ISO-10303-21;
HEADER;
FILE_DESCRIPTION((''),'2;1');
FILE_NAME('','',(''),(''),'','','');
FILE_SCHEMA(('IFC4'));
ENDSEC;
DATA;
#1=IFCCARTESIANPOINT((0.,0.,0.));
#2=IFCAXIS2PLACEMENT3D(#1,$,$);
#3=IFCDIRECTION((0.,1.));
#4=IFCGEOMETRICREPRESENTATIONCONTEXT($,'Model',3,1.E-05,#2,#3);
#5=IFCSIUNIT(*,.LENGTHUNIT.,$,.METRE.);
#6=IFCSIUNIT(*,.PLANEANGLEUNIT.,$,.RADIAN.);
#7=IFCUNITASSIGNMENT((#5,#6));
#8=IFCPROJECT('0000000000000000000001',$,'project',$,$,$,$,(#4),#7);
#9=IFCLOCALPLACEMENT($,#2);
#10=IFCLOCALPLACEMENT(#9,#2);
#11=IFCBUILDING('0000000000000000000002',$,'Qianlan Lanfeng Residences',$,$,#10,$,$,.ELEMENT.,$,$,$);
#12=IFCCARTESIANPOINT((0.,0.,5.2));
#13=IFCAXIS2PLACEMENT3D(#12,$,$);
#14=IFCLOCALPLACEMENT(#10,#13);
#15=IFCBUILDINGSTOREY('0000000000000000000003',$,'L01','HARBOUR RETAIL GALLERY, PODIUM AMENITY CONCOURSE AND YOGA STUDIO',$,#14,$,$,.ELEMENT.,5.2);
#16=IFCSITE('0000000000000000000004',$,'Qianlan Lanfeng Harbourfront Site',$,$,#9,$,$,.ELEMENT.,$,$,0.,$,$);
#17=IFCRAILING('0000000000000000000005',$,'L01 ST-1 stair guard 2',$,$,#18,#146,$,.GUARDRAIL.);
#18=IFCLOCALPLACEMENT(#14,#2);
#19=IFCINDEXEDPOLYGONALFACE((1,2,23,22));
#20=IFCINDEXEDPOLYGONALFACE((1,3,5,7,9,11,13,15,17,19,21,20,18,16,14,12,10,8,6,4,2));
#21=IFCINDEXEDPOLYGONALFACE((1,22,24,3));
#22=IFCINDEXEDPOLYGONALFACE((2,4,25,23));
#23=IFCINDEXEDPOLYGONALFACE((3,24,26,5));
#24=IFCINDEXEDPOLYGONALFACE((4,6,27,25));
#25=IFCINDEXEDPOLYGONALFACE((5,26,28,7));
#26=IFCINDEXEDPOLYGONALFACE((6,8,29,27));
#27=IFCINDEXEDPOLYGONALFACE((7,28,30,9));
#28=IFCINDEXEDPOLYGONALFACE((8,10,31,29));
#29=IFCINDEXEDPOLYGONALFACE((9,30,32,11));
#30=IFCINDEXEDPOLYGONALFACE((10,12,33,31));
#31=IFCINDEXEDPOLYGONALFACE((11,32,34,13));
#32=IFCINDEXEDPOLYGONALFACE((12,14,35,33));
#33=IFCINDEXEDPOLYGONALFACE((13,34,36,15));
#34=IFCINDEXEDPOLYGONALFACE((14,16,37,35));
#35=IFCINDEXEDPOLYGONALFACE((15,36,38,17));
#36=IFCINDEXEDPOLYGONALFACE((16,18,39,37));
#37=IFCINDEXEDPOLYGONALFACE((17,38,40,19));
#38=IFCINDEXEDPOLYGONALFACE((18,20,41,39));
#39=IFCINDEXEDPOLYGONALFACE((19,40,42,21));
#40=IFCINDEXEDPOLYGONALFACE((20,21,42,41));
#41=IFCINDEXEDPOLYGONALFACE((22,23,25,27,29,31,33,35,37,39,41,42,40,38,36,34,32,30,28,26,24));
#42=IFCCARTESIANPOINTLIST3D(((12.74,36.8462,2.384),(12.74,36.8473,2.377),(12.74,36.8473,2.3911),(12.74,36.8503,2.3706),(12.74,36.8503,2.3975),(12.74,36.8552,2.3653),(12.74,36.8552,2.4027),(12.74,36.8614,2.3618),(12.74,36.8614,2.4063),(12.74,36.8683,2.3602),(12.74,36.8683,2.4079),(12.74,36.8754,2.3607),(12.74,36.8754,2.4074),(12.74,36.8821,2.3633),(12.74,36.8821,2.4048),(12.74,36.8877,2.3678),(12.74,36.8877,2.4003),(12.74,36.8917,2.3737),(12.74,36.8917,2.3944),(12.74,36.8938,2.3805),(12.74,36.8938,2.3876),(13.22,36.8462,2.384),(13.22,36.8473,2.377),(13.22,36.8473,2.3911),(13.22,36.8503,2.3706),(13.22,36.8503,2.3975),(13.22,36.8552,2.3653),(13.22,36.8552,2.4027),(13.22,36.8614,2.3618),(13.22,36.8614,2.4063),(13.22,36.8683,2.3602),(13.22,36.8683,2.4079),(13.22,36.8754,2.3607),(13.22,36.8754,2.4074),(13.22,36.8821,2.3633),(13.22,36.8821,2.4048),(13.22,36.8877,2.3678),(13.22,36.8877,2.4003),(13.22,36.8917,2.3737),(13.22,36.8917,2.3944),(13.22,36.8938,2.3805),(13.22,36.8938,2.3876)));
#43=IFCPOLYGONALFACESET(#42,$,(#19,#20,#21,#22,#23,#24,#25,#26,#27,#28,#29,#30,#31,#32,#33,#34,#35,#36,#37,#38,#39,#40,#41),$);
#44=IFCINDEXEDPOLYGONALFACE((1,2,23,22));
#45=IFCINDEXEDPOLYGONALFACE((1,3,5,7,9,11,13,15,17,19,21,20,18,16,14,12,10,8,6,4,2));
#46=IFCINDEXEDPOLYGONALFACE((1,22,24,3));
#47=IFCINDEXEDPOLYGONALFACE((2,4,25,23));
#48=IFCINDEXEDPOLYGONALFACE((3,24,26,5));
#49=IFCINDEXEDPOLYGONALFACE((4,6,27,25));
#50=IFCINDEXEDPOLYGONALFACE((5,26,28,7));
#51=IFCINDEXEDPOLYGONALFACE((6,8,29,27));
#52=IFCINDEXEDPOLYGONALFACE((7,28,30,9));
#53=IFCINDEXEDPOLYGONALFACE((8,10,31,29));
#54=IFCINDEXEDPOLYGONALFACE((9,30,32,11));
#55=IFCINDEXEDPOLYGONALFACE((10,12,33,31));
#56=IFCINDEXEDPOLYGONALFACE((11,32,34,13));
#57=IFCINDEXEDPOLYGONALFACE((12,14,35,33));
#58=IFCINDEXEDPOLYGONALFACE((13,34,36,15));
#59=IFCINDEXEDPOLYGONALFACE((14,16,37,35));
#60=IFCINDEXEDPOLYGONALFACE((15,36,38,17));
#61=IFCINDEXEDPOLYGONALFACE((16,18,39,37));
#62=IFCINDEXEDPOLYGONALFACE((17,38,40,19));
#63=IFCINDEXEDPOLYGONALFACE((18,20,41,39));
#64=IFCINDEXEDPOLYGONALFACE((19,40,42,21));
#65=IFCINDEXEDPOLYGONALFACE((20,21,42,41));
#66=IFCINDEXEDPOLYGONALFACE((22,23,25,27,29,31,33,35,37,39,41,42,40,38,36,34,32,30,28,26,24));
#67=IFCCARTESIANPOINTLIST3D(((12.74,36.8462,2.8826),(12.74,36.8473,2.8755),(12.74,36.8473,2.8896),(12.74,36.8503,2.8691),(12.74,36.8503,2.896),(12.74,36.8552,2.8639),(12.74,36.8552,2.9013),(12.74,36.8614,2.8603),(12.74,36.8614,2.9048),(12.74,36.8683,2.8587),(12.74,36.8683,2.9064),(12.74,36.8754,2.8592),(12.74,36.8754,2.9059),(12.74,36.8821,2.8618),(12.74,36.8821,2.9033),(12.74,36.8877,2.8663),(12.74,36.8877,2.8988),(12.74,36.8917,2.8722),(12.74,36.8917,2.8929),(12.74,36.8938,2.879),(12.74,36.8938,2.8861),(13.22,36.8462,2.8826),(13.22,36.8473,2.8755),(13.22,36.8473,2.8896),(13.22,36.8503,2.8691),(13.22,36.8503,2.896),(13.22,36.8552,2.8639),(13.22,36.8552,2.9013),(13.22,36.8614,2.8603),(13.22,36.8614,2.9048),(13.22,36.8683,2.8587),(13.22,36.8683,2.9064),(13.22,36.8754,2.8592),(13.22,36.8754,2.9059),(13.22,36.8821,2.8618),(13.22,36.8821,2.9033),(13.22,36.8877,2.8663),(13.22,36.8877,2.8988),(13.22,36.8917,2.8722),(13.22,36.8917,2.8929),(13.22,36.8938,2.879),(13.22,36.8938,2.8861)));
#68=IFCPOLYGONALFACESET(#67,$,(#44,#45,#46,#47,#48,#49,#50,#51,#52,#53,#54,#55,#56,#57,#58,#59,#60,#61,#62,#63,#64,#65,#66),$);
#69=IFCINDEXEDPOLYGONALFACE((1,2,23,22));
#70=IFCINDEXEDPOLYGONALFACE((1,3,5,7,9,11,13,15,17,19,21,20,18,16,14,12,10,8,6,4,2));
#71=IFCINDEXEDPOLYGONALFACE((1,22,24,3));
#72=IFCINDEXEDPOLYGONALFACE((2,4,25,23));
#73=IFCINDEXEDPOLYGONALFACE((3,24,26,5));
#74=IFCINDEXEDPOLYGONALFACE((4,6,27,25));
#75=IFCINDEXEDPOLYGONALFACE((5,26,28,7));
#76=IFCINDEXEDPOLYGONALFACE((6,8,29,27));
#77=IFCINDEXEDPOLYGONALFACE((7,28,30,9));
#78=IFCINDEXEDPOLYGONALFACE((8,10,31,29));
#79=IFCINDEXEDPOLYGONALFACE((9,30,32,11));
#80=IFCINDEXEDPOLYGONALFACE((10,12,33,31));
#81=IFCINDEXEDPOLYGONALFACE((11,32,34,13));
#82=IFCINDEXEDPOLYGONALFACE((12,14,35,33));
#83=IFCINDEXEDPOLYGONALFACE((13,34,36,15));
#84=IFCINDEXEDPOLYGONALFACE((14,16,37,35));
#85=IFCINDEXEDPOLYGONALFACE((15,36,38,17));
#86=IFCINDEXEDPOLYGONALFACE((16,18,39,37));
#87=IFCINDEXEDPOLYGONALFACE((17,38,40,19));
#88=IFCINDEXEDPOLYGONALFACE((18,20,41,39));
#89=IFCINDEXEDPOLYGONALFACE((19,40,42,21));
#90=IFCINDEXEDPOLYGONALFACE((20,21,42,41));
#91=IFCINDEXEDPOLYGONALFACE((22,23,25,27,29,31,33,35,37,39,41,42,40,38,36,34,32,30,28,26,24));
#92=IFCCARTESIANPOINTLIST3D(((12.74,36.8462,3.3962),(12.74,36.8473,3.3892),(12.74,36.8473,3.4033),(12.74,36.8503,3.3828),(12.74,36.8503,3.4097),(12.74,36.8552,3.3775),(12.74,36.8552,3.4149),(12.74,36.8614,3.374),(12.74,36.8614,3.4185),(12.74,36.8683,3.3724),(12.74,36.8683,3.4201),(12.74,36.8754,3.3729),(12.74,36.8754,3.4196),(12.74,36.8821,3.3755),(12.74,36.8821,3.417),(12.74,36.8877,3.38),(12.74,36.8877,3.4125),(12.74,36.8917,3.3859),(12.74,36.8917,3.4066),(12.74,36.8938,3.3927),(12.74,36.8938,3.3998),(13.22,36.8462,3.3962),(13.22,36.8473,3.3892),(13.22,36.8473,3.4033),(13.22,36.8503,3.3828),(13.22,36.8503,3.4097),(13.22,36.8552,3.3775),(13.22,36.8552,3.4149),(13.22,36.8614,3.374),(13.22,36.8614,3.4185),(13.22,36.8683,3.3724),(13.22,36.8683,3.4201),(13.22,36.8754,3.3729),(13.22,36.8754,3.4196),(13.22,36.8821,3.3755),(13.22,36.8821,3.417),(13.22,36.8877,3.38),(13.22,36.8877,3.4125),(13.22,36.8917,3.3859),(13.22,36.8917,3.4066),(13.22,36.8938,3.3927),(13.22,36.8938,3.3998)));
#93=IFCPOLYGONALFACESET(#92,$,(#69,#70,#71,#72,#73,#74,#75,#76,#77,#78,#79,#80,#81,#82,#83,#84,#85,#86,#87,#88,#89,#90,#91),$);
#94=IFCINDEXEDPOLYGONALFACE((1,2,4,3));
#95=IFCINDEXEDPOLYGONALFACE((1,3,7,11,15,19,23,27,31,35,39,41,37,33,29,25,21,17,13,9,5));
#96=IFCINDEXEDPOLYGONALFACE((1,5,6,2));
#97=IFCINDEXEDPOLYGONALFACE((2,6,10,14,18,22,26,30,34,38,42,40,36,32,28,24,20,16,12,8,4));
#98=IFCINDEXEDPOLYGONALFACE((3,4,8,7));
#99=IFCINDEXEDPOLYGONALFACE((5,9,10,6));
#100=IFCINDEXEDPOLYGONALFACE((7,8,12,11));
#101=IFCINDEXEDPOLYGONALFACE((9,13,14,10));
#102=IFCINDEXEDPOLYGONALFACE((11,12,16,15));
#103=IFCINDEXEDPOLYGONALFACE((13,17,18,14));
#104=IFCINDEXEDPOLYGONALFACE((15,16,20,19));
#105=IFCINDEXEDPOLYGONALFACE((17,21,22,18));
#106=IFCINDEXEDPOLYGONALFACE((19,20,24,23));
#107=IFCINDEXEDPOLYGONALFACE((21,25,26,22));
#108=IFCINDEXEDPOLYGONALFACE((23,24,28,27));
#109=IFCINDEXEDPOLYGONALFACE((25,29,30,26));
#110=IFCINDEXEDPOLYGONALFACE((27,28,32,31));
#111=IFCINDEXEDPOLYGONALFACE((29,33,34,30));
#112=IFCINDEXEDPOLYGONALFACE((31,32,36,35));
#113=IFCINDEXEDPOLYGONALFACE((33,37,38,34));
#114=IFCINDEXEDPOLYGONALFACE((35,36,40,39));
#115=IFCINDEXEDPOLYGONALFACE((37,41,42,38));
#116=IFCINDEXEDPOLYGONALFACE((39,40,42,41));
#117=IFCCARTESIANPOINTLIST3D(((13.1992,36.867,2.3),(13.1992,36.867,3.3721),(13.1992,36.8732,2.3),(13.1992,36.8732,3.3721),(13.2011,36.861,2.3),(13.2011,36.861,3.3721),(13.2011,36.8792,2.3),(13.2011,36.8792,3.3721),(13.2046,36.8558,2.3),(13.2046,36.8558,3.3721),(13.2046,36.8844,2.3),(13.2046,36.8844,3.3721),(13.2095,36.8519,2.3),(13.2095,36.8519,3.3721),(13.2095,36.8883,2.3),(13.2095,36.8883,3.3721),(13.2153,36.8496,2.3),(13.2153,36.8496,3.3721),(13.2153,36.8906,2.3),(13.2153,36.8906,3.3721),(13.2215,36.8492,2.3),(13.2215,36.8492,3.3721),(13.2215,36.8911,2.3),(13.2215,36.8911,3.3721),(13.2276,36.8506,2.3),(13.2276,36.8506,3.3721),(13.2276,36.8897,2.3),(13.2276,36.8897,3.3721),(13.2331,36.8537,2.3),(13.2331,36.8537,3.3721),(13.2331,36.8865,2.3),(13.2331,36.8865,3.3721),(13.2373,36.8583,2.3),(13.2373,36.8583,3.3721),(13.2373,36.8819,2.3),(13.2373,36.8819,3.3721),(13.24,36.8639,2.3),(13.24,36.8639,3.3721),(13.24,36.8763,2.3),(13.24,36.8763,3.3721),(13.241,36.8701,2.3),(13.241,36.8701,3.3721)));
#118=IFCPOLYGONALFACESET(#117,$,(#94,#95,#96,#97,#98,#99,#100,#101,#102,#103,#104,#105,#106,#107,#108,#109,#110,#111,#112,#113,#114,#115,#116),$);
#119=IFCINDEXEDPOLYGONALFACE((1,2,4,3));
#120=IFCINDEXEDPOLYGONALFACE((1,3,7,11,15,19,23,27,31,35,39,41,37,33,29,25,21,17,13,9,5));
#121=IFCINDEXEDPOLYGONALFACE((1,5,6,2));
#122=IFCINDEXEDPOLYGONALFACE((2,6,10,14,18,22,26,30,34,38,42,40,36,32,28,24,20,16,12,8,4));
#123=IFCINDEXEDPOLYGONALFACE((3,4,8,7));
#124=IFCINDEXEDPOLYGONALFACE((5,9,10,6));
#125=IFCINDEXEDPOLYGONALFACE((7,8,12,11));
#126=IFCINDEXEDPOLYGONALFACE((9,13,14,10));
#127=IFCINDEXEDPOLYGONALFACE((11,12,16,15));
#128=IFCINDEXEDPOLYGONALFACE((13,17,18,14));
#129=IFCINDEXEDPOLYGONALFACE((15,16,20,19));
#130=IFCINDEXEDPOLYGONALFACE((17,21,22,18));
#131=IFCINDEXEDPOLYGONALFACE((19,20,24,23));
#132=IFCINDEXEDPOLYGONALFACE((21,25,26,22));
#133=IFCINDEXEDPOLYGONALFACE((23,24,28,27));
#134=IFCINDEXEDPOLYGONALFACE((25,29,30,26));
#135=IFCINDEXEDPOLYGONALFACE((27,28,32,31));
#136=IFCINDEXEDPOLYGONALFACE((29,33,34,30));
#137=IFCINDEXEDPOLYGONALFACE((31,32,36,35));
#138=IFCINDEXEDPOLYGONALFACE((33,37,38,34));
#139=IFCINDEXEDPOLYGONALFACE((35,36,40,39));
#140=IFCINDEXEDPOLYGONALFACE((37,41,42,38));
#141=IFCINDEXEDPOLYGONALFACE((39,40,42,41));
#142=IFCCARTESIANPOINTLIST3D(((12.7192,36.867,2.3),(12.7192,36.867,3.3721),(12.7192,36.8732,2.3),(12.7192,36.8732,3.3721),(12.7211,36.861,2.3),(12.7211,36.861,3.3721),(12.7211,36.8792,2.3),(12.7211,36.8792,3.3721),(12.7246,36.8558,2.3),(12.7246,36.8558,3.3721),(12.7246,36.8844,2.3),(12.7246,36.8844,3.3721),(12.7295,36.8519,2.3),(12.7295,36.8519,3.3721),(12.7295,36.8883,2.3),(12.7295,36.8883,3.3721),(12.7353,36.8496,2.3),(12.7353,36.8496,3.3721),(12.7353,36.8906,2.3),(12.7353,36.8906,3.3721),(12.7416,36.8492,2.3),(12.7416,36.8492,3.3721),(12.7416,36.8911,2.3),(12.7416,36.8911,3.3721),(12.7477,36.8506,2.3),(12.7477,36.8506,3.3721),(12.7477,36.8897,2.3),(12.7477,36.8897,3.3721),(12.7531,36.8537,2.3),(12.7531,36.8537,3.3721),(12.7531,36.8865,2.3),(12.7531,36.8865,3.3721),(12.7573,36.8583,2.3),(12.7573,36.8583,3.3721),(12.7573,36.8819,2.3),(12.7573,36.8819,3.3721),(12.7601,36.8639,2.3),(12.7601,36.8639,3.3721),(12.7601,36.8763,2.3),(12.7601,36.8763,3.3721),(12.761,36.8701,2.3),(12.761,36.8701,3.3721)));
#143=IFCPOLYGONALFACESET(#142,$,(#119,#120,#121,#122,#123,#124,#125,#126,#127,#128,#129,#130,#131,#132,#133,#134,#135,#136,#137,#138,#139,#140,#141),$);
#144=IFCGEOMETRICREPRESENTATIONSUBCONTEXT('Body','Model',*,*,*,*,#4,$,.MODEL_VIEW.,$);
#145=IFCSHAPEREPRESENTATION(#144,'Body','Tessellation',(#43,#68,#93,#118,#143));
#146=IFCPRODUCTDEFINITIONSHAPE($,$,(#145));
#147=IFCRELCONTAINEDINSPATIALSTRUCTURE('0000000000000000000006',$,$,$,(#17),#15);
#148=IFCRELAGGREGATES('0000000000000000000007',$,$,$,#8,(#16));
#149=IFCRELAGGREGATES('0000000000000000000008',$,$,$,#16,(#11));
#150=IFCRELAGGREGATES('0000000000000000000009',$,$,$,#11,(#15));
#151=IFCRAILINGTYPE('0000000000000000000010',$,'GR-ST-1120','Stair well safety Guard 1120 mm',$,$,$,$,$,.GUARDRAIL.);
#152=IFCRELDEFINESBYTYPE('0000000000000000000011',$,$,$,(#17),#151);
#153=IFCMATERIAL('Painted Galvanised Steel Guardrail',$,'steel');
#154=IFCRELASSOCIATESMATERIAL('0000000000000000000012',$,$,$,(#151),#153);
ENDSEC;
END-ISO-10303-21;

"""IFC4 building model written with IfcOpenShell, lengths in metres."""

from ifc_helpers import new_model, si_unit, direction, frame, origin, origin_2d, place, context, subcontext, project, spatial, circle, extrude, material, type_object, element, save


model = new_model("IFC4")

# Units and contexts
model_context = context("Model", 3, precision=1e-05, world=origin(), true_north=direction((0.0, 1.0)))
body_context = subcontext(model_context, "Body", "Model", "MODEL_VIEW")
ifc_project = project(units=[si_unit("LENGTHUNIT", "METRE"), si_unit("PLANEANGLEUNIT", "RADIAN")], contexts=[model_context])

# Site, building, storey
site_placement = place(None, origin())
site = spatial("IfcSite", under=ifc_project, at=site_placement, Name="Qianlan Lanfeng Harbourfront Site", CompositionType="ELEMENT", RefElevation=0.0)
building_placement = place(site_placement, origin())
building = spatial("IfcBuilding", under=site, at=building_placement, Name="Qianlan Lanfeng Residences", CompositionType="ELEMENT")
storey_placement = place(building_placement, frame((0.0, 0.0, 5.2)))
storey = spatial("IfcBuildingStorey", under=building, at=storey_placement, Name="L01", Description="HARBOUR RETAIL GALLERY, PODIUM AMENITY CONCOURSE AND YOGA STUDIO", CompositionType="ELEMENT", Elevation=5.2)

# Railing
ifc_material_1 = material(Name="Painted Galvanised Steel Guardrail", Category="steel")
railing_type_1 = type_object("IfcRailingType", Name="GR-ST-1120", Description="Stair well safety Guard 1120 mm", PredefinedType="GUARDRAIL", material=ifc_material_1)
railing_1_placement = place(storey_placement, frame((13.22, 36.8701, 2.3)))
element("IfcRailing", 1, at=railing_1_placement, inside=storey, type_object=railing_type_1, Name="L01 ST-1 stair guard 2", PredefinedType="GUARDRAIL", context=body_context, shape_type="SweptSolid", body=[
    extrude(circle(Radius=0.0239, at=origin_2d()), frame((0.0, 0.0, 0.084), z_axis=(-1.0, 0.0, 0.0), x_axis=(0.0, -1.0, 0.0)), (0.0, 0.0, 1.0), 0.48),
    extrude(circle(Radius=0.0239, at=origin_2d()), frame((0.0, 0.0, 0.5825), z_axis=(-1.0, 0.0, 0.0), x_axis=(0.0, -1.0, 0.0)), (0.0, 0.0, 1.0), 0.48),
    extrude(circle(Radius=0.0239, at=origin_2d()), frame((0.0, 0.0, 1.0962), z_axis=(-1.0, 0.0, 0.0), x_axis=(0.0, -1.0, 0.0)), (0.0, 0.0, 1.0), 0.48),
    extrude(circle(Radius=0.021, at=origin_2d()), origin(), (0.0, 0.0, 1.0), 1.072),
    extrude(circle(Radius=0.021, at=origin_2d()), frame((-0.48, 0.0, 0.0)), (0.0, 0.0, 1.0), 1.072),
])

save(model, "model.ifc")
